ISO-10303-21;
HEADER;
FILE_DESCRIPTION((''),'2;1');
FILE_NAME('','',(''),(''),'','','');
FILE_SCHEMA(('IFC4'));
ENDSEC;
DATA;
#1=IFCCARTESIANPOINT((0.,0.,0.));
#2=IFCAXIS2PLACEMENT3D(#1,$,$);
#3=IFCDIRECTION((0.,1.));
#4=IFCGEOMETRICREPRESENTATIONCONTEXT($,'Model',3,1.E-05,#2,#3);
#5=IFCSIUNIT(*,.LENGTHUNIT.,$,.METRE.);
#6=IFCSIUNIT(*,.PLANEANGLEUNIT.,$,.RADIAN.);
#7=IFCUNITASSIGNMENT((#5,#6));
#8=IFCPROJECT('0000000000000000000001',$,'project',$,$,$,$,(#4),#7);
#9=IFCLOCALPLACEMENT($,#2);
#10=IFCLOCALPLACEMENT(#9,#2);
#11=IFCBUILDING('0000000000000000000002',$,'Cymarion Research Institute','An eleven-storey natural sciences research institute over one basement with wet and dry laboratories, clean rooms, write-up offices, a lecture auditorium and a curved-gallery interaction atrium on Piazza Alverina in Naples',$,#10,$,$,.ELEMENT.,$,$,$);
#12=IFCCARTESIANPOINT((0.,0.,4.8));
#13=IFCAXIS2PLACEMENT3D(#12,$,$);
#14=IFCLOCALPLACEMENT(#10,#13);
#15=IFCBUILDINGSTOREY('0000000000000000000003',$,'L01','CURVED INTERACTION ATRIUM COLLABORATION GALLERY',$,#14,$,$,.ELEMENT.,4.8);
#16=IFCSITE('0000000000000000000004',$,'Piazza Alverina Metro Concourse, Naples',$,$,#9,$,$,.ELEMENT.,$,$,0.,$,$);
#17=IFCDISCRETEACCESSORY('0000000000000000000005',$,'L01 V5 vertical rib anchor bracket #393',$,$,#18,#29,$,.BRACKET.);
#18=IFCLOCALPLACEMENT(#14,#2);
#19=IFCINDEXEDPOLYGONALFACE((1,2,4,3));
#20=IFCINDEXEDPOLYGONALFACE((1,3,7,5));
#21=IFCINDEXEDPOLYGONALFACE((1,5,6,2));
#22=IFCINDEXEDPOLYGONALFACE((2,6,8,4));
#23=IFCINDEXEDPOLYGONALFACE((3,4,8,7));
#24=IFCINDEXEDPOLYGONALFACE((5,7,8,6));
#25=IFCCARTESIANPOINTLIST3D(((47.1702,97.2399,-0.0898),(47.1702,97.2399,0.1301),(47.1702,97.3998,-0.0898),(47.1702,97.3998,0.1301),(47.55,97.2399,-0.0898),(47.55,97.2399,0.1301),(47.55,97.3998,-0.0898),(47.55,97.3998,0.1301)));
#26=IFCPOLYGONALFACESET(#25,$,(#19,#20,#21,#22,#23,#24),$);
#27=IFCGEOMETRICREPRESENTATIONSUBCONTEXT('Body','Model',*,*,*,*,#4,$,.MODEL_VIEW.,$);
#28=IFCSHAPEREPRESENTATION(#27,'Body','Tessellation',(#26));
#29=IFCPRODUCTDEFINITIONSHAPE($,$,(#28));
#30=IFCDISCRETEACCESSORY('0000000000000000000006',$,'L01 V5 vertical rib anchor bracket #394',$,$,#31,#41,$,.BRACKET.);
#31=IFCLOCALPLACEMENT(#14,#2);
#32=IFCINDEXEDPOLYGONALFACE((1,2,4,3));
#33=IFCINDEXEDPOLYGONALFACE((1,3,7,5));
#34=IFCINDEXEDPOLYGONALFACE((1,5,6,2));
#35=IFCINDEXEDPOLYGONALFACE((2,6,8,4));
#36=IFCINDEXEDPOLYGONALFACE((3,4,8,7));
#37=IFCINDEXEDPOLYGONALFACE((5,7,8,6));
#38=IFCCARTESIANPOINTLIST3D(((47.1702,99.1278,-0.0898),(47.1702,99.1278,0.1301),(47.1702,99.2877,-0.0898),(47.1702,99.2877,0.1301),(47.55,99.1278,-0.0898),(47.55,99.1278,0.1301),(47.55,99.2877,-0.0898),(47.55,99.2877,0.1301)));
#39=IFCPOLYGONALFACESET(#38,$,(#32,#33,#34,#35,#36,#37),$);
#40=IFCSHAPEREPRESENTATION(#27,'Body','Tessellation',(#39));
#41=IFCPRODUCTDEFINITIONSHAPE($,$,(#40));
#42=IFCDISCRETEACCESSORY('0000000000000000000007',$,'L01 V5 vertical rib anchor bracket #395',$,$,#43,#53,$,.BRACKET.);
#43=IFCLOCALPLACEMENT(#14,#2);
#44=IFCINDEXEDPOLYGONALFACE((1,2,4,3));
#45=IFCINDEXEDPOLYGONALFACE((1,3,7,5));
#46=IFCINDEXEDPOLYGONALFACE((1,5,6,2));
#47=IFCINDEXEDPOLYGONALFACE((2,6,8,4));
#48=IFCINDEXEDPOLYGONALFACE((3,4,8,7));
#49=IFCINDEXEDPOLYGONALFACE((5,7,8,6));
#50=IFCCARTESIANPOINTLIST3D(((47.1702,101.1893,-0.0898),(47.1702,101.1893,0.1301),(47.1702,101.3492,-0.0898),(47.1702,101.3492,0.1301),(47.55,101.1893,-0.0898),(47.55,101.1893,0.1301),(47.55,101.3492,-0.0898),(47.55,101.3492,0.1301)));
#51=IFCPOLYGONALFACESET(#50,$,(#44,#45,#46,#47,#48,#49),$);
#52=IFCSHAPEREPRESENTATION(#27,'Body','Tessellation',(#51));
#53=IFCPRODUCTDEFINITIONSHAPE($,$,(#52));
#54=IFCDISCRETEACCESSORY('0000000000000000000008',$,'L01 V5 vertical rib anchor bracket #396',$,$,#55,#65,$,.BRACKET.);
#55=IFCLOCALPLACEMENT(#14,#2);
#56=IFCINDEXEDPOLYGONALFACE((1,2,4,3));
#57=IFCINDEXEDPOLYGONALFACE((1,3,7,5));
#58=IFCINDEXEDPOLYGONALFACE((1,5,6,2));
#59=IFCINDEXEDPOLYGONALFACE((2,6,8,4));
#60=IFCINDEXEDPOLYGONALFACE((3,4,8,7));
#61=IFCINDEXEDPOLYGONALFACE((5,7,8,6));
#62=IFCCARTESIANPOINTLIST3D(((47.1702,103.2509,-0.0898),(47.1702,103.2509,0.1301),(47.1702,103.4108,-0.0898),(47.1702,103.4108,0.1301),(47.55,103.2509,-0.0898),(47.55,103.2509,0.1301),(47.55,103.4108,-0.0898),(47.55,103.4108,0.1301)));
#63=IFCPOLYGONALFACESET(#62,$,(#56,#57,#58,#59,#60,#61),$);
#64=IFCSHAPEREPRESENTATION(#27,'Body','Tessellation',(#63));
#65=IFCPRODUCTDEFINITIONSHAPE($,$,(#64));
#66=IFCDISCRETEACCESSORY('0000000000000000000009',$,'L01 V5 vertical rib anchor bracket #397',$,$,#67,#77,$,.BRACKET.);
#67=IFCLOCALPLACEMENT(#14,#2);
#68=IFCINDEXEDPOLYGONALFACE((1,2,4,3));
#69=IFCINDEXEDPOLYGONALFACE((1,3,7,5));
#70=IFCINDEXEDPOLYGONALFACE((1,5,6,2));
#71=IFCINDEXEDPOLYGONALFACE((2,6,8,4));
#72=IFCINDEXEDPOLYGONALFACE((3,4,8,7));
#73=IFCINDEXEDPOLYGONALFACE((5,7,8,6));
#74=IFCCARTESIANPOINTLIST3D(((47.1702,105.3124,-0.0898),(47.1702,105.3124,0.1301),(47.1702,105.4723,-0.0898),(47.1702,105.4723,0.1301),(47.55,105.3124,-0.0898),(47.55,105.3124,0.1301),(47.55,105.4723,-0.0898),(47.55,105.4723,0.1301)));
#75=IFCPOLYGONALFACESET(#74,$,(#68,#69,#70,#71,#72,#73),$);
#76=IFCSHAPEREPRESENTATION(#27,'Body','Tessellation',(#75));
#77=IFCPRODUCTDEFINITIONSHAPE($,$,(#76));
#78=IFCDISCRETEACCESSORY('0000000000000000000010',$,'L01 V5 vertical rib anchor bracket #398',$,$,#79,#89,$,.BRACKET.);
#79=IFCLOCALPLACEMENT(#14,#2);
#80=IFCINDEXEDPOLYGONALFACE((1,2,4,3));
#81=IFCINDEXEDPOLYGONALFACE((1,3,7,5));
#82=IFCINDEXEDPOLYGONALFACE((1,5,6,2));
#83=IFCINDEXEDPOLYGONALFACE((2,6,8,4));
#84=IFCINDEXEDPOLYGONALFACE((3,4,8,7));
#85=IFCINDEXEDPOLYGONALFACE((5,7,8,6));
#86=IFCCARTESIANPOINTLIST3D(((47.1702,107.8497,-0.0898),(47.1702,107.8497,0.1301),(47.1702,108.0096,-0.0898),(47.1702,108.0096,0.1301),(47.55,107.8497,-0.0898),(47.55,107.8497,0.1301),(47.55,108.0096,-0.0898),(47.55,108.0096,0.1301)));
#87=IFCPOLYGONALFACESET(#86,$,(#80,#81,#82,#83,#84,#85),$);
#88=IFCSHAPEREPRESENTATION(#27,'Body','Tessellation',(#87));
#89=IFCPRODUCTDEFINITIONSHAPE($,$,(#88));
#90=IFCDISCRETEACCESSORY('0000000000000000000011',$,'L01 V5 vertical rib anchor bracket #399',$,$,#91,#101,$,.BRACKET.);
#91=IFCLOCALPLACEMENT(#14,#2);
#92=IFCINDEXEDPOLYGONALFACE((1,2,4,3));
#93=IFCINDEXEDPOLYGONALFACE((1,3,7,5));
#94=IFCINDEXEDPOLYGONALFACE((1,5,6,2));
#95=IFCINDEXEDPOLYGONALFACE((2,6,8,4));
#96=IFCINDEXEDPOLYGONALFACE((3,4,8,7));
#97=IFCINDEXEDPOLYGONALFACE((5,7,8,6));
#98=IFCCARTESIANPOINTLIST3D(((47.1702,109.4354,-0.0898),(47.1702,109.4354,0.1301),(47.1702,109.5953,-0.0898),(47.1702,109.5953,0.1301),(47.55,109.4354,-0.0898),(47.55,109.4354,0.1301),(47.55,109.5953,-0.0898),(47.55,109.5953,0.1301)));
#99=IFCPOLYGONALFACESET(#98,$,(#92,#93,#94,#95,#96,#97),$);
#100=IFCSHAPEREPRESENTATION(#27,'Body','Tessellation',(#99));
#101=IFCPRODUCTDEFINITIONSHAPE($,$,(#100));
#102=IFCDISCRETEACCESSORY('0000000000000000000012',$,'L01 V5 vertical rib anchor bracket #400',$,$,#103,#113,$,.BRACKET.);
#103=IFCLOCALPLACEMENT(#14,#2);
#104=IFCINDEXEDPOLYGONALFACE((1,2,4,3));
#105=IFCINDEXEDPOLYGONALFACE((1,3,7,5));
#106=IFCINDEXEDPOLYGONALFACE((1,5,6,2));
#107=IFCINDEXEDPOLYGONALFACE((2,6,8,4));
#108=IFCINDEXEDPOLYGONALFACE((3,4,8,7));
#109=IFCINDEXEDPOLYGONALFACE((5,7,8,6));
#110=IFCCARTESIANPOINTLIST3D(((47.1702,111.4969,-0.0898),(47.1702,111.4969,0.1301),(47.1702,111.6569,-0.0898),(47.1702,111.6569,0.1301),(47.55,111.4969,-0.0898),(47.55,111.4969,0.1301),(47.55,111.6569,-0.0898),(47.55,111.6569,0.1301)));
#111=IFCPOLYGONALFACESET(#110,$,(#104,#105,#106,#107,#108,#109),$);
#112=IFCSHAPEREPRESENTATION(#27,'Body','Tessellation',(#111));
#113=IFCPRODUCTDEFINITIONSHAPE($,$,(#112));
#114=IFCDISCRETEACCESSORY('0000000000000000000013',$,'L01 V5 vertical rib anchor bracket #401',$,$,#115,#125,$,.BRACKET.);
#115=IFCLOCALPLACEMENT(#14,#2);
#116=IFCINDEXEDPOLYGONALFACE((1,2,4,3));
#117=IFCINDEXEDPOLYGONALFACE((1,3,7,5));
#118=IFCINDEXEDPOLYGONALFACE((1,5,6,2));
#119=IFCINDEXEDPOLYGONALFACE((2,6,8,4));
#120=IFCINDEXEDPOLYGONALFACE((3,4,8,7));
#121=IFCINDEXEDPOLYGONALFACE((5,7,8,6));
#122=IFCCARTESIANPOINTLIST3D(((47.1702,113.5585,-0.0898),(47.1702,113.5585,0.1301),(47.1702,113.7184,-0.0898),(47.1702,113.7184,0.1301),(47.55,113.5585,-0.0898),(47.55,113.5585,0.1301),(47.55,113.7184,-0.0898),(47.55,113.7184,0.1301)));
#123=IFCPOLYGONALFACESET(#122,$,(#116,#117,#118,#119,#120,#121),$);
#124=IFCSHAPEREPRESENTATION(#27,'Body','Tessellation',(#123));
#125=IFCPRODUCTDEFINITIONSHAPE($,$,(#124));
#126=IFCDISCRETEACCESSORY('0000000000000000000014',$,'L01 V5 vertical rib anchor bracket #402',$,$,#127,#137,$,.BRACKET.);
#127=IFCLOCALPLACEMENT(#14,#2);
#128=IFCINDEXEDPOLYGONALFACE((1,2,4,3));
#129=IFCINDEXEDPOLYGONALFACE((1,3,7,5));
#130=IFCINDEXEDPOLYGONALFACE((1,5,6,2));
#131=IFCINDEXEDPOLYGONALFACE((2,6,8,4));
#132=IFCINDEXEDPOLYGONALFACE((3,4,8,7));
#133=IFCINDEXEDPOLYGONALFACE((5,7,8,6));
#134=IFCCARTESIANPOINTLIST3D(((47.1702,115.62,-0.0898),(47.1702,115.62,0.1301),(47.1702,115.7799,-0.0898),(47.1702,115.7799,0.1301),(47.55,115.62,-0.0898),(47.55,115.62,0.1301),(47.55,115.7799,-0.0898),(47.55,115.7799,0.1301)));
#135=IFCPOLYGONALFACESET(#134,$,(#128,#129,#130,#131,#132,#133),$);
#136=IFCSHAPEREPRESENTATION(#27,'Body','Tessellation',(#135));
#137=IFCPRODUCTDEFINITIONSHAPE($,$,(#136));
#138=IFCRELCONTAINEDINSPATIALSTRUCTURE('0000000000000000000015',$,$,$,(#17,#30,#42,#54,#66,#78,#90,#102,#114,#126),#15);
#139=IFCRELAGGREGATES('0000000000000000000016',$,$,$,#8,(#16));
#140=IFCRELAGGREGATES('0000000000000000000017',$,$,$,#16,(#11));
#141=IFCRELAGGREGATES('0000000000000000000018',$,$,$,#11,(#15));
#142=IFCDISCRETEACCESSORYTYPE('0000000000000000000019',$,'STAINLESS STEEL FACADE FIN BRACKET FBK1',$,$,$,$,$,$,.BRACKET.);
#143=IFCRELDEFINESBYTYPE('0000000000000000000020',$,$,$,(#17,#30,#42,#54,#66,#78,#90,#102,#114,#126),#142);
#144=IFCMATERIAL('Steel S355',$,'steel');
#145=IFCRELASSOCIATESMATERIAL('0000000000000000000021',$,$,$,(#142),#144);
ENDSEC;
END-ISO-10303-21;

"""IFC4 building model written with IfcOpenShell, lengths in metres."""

from ifc_helpers import new_model, si_unit, direction, frame, origin, origin_2d, place, context, subcontext, project, spatial, rectangle, extrude, material, type_object, element, save


model = new_model("IFC4")

# Units and contexts
model_context = context("Model", 3, precision=1e-05, world=origin(), true_north=direction((0.0, 1.0)))
body_context = subcontext(model_context, "Body", "Model", "MODEL_VIEW")
ifc_project = project(units=[si_unit("LENGTHUNIT", "METRE"), si_unit("PLANEANGLEUNIT", "RADIAN")], contexts=[model_context])

# Site, building, storey
site_placement = place(None, origin())
site = spatial("IfcSite", under=ifc_project, at=site_placement, Name="Piazza Alverina Metro Concourse, Naples", CompositionType="ELEMENT", RefElevation=0.0)
building_placement = place(site_placement, origin())
building = spatial("IfcBuilding", under=site, at=building_placement, Name="Cymarion Research Institute", Description="An eleven-storey natural sciences research institute over one basement with wet and dry laboratories, clean rooms, write-up offices, a lecture auditorium and a curved-gallery interaction atrium on Piazza Alverina in Naples", CompositionType="ELEMENT")
storey_placement = place(building_placement, frame((0.0, 0.0, 4.8)))
storey = spatial("IfcBuildingStorey", under=building, at=storey_placement, Name="L01", Description="CURVED INTERACTION ATRIUM COLLABORATION GALLERY", CompositionType="ELEMENT", Elevation=4.8)

# Discrete accessories
ifc_material_1 = material(Name="Steel S355", Category="steel")
discrete_accessory_type = type_object("IfcDiscreteAccessoryType", Name="STAINLESS STEEL FACADE FIN BRACKET FBK1", PredefinedType="BRACKET", material=ifc_material_1)
for number, where, z_axis, x_axis, name in (
    (1, (47.3601, 97.3198, -0.0898), (0.0, 0.0, 1.0), (1.0, 0.0, 0.0), "L01 V5 vertical rib anchor bracket #393"),
    (2, (47.3601, 99.2078, -0.0898), (0.0, 0.0, 1.0), (1.0, 0.0, 0.0), "L01 V5 vertical rib anchor bracket #394"),
    (3, (47.3601, 101.2693, -0.0898), (0.0, 0.0, 1.0), (1.0, 0.0, 0.0), "L01 V5 vertical rib anchor bracket #395"),
    (4, (47.3601, 103.3308, -0.0898), (0.0, 0.0, 1.0), (1.0, 0.0, 0.0), "L01 V5 vertical rib anchor bracket #396"),
    (5, (47.3601, 105.3923, -0.0898), (0.0, 0.0, 1.0), (1.0, 0.0, 0.0), "L01 V5 vertical rib anchor bracket #397"),
    (6, (47.3601, 107.9297, -0.0898), (0.0, 0.0, 1.0), (1.0, 0.0, 0.0), "L01 V5 vertical rib anchor bracket #398"),
    (7, (47.3601, 109.5154, -0.0898), (0.0, 0.0, 1.0), (1.0, 0.0, 0.0), "L01 V5 vertical rib anchor bracket #399"),
    (8, (47.3601, 111.5769, -0.0898), (0.0, 0.0, 1.0), (1.0, 0.0, 0.0), "L01 V5 vertical rib anchor bracket #400"),
    (9, (47.3601, 113.6384, -0.0898), (0.0, 0.0, 1.0), (1.0, 0.0, 0.0), "L01 V5 vertical rib anchor bracket #401"),
    (10, (47.3601, 115.7, -0.0898), (0.0, 0.0, 1.0), (1.0, 0.0, 0.0), "L01 V5 vertical rib anchor bracket #402"),
):
    element("IfcDiscreteAccessory", number, at=place(storey_placement, frame(where, z_axis=z_axis, x_axis=x_axis)), inside=storey, type_object=discrete_accessory_type, Name=name, PredefinedType="BRACKET", context=body_context, shape_type="SweptSolid", body=[
        extrude(rectangle(XDim=0.3799, YDim=0.1599, at=origin_2d()), origin(), (0.0, 0.0, 1.0), 0.22),
    ])

save(model, "model.ifc")
